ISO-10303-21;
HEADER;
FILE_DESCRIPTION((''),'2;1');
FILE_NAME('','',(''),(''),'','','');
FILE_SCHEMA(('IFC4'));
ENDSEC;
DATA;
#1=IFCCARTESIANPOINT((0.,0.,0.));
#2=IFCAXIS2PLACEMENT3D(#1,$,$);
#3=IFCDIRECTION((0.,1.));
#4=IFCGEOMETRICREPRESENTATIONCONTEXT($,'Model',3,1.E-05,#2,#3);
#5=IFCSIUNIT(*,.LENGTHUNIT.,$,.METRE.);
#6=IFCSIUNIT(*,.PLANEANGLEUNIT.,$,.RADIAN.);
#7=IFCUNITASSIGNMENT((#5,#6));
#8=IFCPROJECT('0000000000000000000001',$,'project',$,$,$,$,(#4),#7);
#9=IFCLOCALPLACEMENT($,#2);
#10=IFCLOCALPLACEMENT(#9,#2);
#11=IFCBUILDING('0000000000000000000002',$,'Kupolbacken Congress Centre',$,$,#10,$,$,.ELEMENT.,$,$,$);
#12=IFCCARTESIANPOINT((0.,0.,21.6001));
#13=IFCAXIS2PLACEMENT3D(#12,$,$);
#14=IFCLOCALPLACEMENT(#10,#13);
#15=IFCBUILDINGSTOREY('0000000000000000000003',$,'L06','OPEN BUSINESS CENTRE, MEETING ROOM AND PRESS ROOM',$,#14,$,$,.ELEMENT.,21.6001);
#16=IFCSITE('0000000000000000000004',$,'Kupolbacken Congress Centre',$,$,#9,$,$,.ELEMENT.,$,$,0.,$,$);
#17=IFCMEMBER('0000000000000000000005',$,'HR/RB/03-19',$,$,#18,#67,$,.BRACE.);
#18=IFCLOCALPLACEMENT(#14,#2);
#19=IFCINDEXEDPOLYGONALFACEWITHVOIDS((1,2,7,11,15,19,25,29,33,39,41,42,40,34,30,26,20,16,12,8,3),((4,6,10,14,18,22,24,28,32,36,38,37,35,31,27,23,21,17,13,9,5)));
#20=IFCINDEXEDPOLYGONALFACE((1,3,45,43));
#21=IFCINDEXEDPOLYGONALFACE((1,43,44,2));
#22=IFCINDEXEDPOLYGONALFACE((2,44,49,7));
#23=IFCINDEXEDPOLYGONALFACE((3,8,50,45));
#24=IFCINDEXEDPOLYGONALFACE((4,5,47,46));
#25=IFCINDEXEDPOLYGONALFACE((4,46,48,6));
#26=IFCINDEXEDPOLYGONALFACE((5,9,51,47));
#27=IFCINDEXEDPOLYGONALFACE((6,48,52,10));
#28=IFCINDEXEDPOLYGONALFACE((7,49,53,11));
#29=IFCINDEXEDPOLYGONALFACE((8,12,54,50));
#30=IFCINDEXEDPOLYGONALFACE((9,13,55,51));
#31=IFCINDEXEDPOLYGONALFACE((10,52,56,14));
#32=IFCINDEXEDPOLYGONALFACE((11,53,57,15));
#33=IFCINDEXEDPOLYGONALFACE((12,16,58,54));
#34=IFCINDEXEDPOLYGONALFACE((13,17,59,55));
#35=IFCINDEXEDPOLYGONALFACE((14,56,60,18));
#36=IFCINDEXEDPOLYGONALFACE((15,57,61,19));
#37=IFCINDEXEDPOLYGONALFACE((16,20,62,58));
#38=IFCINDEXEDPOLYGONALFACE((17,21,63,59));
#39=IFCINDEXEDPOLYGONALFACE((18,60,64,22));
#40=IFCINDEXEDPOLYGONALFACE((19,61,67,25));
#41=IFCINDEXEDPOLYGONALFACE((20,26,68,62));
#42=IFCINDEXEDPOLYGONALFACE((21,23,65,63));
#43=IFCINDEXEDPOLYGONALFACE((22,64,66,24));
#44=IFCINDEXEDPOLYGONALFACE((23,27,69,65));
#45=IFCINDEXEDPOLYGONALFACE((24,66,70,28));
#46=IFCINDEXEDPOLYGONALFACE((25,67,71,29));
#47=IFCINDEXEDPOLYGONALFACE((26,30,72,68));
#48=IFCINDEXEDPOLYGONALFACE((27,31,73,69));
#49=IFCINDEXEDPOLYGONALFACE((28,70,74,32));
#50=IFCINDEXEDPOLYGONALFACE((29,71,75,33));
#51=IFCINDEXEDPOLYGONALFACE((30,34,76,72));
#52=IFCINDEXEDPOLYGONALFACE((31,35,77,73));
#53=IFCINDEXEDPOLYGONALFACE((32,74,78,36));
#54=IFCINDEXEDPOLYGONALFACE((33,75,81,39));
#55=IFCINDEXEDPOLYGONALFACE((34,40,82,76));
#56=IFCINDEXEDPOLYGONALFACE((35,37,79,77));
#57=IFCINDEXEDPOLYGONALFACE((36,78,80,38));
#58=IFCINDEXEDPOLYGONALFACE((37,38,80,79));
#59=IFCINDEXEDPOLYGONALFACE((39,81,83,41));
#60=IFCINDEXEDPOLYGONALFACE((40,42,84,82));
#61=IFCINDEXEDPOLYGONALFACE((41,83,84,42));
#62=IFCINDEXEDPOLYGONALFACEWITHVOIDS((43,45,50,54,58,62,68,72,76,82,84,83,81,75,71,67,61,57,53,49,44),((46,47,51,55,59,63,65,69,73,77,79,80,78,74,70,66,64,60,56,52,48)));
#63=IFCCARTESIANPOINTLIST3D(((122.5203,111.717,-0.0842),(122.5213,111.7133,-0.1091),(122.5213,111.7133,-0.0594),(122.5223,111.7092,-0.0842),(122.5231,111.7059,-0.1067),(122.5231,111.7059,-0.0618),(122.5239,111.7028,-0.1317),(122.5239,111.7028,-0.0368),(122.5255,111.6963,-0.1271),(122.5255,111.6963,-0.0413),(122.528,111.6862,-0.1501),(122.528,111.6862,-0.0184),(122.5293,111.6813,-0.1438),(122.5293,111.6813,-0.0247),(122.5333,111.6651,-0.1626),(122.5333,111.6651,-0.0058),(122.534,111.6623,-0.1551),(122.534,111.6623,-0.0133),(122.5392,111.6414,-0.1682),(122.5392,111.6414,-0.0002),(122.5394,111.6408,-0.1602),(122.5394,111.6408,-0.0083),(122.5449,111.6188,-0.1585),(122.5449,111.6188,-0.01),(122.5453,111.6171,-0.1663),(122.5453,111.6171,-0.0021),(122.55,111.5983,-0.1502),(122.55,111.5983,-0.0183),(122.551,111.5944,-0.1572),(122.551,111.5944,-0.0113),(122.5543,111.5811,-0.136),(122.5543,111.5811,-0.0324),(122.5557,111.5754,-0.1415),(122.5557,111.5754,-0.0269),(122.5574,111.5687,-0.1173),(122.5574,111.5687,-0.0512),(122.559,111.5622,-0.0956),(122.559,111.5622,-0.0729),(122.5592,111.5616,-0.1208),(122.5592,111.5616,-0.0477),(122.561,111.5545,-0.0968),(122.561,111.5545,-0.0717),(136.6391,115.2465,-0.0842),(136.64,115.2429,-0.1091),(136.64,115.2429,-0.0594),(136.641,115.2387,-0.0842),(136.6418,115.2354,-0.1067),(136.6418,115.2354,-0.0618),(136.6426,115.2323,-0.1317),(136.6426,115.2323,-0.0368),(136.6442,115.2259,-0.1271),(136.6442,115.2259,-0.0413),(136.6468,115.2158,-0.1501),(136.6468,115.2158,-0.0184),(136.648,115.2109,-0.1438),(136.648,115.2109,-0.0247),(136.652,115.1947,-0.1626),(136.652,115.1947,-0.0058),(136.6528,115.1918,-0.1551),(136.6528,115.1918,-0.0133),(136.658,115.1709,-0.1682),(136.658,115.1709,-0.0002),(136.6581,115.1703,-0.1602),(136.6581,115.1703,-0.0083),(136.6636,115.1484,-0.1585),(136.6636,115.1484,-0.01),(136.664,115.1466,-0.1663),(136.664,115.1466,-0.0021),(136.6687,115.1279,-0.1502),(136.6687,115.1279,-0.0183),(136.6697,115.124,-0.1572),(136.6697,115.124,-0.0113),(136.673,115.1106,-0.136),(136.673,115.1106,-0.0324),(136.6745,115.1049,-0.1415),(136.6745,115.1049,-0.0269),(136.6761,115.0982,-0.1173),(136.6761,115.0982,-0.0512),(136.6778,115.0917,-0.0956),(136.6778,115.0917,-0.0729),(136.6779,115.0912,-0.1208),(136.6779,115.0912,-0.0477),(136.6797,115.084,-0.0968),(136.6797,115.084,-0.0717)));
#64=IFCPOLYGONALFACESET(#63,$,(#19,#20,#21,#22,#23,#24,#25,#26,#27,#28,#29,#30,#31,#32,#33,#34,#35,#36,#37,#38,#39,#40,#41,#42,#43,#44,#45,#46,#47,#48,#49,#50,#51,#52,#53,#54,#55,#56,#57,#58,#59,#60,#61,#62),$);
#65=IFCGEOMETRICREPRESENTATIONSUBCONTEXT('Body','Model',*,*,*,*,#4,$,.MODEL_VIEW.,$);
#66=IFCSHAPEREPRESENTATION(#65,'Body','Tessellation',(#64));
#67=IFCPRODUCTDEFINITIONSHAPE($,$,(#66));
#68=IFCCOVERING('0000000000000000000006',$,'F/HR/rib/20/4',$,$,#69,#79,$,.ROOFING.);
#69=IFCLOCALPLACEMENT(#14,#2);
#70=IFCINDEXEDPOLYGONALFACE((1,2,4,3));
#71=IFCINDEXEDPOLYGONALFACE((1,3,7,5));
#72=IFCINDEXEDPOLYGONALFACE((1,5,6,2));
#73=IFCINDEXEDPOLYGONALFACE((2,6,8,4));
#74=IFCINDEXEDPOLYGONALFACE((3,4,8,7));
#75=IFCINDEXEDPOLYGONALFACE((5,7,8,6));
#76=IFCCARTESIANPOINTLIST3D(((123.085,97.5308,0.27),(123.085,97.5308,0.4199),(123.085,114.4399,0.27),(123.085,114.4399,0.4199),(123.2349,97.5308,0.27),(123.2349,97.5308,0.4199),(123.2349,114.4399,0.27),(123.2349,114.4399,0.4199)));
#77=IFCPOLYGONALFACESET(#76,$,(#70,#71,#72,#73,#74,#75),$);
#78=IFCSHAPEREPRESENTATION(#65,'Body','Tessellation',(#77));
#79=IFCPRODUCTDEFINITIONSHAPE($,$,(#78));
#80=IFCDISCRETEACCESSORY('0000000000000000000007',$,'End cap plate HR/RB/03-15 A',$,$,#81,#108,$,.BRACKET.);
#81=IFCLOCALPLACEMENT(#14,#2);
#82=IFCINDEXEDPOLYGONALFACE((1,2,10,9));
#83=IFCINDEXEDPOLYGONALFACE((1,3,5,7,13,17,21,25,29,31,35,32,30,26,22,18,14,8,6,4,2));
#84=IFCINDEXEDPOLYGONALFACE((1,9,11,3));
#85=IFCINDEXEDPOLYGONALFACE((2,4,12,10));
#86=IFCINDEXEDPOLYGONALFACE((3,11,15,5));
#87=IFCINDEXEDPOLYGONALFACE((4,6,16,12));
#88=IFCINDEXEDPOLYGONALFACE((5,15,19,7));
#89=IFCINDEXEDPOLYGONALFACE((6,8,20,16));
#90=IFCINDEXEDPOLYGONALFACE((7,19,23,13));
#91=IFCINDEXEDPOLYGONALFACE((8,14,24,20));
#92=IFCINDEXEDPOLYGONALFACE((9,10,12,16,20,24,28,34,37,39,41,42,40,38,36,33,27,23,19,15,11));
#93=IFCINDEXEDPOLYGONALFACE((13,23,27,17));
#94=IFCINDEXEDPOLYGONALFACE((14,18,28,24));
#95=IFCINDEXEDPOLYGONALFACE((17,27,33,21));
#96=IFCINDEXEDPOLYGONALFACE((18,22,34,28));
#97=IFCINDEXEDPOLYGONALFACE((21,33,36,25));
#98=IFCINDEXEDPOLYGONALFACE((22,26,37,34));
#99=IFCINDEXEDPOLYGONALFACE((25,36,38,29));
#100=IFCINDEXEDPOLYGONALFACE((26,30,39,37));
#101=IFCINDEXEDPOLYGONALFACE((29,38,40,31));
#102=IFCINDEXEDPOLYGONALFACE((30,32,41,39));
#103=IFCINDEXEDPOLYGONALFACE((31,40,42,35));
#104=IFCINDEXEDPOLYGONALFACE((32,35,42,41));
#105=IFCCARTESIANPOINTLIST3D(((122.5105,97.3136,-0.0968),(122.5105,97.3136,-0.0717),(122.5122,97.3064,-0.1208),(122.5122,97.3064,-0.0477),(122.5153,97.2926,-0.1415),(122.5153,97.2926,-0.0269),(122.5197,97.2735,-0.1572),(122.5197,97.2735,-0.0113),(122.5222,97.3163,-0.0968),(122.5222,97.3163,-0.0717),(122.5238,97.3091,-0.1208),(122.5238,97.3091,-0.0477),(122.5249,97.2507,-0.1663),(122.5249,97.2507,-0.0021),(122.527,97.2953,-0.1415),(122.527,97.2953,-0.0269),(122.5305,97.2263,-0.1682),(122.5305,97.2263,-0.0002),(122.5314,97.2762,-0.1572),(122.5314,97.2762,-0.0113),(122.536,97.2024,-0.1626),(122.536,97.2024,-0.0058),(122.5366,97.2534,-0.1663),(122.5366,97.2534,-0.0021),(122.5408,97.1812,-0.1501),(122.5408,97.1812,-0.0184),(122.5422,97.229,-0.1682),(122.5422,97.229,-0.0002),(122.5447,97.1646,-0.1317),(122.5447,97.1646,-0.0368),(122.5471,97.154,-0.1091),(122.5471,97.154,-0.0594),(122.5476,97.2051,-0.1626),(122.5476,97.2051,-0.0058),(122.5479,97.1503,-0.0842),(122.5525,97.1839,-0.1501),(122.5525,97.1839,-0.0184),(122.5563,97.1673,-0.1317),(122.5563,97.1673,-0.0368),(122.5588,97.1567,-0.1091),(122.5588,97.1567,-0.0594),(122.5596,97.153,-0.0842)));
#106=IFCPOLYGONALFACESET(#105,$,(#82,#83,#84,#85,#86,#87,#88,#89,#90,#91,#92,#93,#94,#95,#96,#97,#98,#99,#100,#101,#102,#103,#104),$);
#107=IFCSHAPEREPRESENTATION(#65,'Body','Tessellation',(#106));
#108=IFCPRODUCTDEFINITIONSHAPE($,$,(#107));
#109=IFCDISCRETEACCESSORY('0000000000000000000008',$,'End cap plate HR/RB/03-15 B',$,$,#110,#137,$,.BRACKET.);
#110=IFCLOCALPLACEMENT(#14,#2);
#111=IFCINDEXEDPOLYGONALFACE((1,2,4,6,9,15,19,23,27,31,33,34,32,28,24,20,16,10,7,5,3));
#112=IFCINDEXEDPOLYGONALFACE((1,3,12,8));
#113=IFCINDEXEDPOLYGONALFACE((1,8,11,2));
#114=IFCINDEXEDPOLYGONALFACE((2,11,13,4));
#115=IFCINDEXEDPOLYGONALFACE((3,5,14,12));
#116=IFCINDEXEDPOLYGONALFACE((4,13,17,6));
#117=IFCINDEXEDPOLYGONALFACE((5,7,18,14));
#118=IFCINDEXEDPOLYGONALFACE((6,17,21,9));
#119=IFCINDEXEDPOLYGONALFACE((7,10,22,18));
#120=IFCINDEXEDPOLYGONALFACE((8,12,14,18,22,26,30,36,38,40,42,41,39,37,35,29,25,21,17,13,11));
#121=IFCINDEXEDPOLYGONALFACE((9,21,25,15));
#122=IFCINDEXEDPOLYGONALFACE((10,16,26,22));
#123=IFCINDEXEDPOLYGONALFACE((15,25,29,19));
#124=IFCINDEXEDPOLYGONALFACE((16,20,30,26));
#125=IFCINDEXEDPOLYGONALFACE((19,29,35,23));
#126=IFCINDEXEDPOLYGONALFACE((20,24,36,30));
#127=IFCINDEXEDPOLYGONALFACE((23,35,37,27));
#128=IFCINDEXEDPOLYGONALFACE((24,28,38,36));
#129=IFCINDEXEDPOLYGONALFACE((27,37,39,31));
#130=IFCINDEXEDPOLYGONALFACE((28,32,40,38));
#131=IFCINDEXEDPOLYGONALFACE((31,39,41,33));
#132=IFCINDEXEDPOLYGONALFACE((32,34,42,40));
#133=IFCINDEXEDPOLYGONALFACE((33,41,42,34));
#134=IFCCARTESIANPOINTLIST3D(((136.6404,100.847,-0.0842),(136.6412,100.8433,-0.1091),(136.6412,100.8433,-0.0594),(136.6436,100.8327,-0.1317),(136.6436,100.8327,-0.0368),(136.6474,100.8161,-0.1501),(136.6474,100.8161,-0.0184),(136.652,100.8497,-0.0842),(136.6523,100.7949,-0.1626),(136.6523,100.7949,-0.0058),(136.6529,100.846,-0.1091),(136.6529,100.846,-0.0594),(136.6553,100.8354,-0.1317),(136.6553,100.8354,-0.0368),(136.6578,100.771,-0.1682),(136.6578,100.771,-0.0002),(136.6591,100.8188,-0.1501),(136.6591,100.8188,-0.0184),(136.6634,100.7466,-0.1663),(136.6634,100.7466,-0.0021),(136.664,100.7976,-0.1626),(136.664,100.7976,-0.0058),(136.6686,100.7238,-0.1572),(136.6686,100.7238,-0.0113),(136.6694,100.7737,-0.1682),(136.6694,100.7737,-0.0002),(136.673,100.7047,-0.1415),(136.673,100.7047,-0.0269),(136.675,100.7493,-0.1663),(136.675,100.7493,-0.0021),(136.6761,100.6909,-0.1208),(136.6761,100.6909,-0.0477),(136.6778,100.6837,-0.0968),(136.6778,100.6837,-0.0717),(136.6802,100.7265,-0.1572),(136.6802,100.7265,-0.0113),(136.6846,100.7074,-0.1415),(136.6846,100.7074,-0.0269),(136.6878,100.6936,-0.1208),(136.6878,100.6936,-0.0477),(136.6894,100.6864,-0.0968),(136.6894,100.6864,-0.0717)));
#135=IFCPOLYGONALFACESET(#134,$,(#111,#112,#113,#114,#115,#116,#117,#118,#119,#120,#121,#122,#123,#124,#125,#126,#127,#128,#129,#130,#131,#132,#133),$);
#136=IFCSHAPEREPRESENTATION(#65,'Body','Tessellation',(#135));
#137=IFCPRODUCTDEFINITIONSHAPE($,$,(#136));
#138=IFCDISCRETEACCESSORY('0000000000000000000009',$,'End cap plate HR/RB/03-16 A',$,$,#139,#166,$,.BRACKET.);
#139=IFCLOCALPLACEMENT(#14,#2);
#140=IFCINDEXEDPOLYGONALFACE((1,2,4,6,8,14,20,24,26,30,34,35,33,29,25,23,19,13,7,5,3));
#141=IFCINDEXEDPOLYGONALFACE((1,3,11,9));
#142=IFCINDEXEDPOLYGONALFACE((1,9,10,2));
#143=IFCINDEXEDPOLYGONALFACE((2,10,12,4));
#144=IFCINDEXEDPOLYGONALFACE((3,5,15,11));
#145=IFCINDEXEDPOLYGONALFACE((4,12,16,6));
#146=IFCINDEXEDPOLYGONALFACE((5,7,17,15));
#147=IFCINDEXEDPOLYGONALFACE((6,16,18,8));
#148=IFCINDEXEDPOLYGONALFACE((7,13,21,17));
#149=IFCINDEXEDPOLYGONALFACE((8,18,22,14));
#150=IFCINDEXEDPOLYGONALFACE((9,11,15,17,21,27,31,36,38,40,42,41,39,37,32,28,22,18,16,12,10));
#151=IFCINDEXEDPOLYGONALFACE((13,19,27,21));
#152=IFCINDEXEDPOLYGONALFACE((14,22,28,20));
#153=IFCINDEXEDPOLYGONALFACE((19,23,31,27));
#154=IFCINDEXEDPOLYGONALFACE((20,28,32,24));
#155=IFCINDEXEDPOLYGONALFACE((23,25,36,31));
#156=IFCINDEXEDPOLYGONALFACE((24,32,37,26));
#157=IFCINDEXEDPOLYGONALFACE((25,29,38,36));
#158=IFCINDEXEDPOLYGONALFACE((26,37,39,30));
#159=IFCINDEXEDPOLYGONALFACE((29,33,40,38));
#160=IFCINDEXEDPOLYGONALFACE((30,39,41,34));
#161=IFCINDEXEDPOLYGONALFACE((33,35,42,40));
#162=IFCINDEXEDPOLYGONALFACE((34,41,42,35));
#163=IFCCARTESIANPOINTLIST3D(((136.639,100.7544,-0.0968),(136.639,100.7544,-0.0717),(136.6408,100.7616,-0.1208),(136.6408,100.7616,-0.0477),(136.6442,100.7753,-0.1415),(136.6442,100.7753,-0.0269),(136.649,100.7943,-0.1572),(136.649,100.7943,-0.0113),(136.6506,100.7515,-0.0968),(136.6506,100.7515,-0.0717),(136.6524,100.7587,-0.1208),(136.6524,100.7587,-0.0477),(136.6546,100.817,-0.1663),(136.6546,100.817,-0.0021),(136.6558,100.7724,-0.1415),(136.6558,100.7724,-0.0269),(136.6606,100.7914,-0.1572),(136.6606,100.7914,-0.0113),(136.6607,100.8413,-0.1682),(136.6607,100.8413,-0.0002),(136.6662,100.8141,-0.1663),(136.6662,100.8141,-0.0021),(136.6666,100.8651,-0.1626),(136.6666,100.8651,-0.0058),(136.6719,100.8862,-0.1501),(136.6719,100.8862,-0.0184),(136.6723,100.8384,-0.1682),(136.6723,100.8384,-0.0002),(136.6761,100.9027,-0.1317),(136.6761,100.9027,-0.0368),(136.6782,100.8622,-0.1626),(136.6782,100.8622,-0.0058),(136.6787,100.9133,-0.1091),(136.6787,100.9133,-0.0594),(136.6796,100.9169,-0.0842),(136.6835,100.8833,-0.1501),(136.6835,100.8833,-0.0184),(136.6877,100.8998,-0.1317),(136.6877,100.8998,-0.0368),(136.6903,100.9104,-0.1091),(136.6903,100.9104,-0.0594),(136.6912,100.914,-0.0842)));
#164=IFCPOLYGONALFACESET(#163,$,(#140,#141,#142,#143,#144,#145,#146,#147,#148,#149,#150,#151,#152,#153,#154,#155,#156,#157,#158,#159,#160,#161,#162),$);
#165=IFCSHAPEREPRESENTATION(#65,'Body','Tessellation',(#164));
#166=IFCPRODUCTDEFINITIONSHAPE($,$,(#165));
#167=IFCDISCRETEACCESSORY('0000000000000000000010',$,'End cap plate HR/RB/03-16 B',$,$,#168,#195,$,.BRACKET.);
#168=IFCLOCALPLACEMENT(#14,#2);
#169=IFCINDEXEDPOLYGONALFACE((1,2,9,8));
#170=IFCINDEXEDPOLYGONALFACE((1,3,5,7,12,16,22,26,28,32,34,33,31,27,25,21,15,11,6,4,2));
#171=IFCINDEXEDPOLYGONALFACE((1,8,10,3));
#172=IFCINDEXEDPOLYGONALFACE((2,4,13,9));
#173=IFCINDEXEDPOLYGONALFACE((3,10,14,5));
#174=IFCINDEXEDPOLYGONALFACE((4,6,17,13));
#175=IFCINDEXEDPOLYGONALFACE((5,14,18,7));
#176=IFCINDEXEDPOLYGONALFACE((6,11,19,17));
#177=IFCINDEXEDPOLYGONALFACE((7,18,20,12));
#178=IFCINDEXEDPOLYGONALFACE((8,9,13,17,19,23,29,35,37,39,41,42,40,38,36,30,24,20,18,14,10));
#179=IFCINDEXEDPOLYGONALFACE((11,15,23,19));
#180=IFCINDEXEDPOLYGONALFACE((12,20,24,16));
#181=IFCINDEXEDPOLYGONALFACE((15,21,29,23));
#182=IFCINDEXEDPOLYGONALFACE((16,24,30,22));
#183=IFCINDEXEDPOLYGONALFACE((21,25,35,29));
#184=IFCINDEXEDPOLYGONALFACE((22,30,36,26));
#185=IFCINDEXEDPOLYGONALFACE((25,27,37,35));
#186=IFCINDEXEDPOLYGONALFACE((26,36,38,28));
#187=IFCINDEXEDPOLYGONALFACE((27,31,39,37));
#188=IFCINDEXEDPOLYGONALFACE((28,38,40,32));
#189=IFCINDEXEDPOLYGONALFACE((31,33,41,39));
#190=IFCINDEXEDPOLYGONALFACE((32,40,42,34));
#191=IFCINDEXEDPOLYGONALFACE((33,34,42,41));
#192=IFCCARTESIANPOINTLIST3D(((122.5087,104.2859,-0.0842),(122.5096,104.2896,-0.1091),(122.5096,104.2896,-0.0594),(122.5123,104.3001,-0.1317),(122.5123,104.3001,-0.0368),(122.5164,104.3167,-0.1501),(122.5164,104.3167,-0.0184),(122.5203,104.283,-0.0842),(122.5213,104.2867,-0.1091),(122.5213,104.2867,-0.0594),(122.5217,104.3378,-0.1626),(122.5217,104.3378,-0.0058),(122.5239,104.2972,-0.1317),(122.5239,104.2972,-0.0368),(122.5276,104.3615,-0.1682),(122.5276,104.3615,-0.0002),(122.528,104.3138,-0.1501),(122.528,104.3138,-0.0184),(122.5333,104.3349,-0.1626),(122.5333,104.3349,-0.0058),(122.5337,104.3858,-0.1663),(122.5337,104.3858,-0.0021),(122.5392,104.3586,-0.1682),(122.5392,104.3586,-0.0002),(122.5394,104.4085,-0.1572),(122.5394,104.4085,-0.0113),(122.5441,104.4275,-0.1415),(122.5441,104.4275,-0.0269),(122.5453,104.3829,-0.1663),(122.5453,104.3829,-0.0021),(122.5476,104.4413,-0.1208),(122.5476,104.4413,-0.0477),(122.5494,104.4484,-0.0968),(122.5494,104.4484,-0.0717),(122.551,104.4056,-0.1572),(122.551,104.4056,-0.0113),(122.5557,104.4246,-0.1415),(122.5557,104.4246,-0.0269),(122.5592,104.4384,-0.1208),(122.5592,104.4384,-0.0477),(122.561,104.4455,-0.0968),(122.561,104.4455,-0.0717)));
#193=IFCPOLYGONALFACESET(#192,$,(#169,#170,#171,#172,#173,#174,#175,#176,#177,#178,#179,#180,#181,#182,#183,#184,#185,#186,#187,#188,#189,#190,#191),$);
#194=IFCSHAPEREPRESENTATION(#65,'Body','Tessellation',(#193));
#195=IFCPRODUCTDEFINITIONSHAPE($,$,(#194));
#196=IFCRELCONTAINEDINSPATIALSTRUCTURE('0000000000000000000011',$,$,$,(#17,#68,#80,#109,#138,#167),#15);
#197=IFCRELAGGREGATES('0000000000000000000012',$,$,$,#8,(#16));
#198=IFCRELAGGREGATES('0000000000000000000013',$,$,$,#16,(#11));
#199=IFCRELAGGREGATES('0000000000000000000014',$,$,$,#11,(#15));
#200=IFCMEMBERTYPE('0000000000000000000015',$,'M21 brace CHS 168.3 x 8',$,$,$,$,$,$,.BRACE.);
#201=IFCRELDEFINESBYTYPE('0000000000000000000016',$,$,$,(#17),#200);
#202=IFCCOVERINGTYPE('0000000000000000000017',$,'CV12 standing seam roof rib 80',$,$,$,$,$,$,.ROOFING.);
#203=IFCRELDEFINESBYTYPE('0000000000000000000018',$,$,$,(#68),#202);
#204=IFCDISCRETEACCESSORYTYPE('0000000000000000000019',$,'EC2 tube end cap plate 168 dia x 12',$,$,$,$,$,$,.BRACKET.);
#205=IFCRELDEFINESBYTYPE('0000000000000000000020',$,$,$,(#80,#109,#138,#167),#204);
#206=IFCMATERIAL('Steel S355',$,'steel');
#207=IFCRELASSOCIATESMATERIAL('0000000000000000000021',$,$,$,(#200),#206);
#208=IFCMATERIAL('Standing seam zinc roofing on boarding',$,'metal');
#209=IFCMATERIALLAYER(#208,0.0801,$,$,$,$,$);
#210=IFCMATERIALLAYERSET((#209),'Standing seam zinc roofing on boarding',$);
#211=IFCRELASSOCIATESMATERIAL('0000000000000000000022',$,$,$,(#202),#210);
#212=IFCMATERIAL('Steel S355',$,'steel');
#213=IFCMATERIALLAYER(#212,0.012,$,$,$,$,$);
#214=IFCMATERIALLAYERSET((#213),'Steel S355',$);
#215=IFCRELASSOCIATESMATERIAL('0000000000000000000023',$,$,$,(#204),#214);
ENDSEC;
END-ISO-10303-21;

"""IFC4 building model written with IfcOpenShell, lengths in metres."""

from ifc_helpers import new_model, si_unit, direction, frame, origin, origin_2d, place, context, subcontext, project, spatial, rectangle, circle, hollow_circle, extrude, material, layer, layer_set, material_profile, profile_set, type_object, element, save


model = new_model("IFC4")

# Units and contexts
model_context = context("Model", 3, precision=1e-05, world=origin(), true_north=direction((0.0, 1.0)))
body_context = subcontext(model_context, "Body", "Model", "MODEL_VIEW")
ifc_project = project(units=[si_unit("LENGTHUNIT", "METRE"), si_unit("PLANEANGLEUNIT", "RADIAN")], contexts=[model_context])

# Site, building, storey
site_placement = place(None, origin())
site = spatial("IfcSite", under=ifc_project, at=site_placement, Name="Kupolbacken Congress Centre", CompositionType="ELEMENT", RefElevation=0.0)
building_placement = place(site_placement, origin())
building = spatial("IfcBuilding", under=site, at=building_placement, Name="Kupolbacken Congress Centre", CompositionType="ELEMENT")
storey_placement = place(building_placement, frame((0.0, 0.0, 21.6001)))
storey = spatial("IfcBuildingStorey", under=building, at=storey_placement, Name="L06", Description="OPEN BUSINESS CENTRE, MEETING ROOM AND PRESS ROOM", CompositionType="ELEMENT", Elevation=21.6001)

# Member
ifc_material_1 = material(Name="Steel S355", Category="steel")
ifc_material_profile_1 = material_profile(ifc_material_1, hollow_circle(Radius=0.0842, WallThickness=0.0081, at=origin_2d()), Name="CHS 168.3 x 8")
ifc_profile_set_1 = profile_set([ifc_material_profile_1], Name="Steel S355")
member_type = type_object("IfcMemberType", Name="M21 brace CHS 168.3 x 8", PredefinedType="BRACE", material=ifc_profile_set_1)
for number, where, z_axis, x_axis, name in (
    (1, (122.5408, 111.6353, -0.0842), (0.970144, 0.242528, 0.0), (-0.242528, 0.970144, 0.0), "HR/RB/03-19"),
):
    element("IfcMember", number, at=place(storey_placement, frame(where, z_axis=z_axis, x_axis=x_axis)), inside=storey, type_object=member_type, Name=name, PredefinedType="BRACE", context=body_context, shape_type="SweptSolid", body=[
        extrude(hollow_circle(Radius=0.0842, WallThickness=0.0081, at=origin_2d()), origin(), (0.0, 0.0, 1.0), 14.5532),
    ])

# Covering
ifc_material_2 = material(Name="Standing seam zinc roofing on boarding", Category="metal")
ifc_layer_1 = layer(ifc_material_2, 0.0801)
ifc_layer_set_1 = layer_set([ifc_layer_1], Name="Standing seam zinc roofing on boarding")
covering_type = type_object("IfcCoveringType", Name="CV12 standing seam roof rib 80", PredefinedType="ROOFING", material=ifc_layer_set_1)
covering_placement = place(storey_placement, frame((123.1599, 105.9854, 0.27), z_axis=(0.0, 0.0, 1.0), x_axis=(0.0, 1.0, 0.0)))
element("IfcCovering", 2, at=covering_placement, inside=storey, type_object=covering_type, Name="F/HR/rib/20/4", PredefinedType="ROOFING", context=body_context, shape_type="SweptSolid", body=[
    extrude(rectangle(XDim=16.9092, YDim=0.1499, at=origin_2d()), origin(), (0.0, 0.0, 1.0), 0.1499),
])

# Discrete accessories
ifc_material_3 = material(Name="Steel S355", Category="steel")
ifc_layer_2 = layer(ifc_material_3, 0.012)
ifc_layer_set_2 = layer_set([ifc_layer_2], Name="Steel S355")
discrete_accessory_type = type_object("IfcDiscreteAccessoryType", Name="EC2 tube end cap plate 168 dia x 12", PredefinedType="BRACKET", material=ifc_layer_set_2)
for number, where, z_axis, x_axis, name in (
    (3, (122.5408, 97.2351, -0.0842), (-0.974732, -0.223376, 0.0), (0.223376, -0.974732, 0.0), "End cap plate HR/RB/03-15 A"),
    (4, (136.6592, 100.7649, -0.0842), (0.974732, 0.223376, 0.0), (-0.223376, 0.974732, 0.0), "End cap plate HR/RB/03-15 B"),
    (5, (136.6592, 100.8352, -0.0842), (0.970143, -0.242536, 0.0), (0.242536, 0.970143, 0.0), "End cap plate HR/RB/03-16 A"),
    (6, (122.5408, 104.3647, -0.0842), (-0.970143, 0.242536, 0.0), (-0.242536, -0.970143, 0.0), "End cap plate HR/RB/03-16 B"),
):
    element("IfcDiscreteAccessory", number, at=place(storey_placement, frame(where, z_axis=z_axis, x_axis=x_axis)), inside=storey, type_object=discrete_accessory_type, Name=name, PredefinedType="BRACKET", context=body_context, shape_type="SweptSolid", body=[
        extrude(circle(Radius=0.0842, at=origin_2d()), origin(), (0.0, 0.0, 1.0), 0.012),
    ])

save(model, "model.ifc")
